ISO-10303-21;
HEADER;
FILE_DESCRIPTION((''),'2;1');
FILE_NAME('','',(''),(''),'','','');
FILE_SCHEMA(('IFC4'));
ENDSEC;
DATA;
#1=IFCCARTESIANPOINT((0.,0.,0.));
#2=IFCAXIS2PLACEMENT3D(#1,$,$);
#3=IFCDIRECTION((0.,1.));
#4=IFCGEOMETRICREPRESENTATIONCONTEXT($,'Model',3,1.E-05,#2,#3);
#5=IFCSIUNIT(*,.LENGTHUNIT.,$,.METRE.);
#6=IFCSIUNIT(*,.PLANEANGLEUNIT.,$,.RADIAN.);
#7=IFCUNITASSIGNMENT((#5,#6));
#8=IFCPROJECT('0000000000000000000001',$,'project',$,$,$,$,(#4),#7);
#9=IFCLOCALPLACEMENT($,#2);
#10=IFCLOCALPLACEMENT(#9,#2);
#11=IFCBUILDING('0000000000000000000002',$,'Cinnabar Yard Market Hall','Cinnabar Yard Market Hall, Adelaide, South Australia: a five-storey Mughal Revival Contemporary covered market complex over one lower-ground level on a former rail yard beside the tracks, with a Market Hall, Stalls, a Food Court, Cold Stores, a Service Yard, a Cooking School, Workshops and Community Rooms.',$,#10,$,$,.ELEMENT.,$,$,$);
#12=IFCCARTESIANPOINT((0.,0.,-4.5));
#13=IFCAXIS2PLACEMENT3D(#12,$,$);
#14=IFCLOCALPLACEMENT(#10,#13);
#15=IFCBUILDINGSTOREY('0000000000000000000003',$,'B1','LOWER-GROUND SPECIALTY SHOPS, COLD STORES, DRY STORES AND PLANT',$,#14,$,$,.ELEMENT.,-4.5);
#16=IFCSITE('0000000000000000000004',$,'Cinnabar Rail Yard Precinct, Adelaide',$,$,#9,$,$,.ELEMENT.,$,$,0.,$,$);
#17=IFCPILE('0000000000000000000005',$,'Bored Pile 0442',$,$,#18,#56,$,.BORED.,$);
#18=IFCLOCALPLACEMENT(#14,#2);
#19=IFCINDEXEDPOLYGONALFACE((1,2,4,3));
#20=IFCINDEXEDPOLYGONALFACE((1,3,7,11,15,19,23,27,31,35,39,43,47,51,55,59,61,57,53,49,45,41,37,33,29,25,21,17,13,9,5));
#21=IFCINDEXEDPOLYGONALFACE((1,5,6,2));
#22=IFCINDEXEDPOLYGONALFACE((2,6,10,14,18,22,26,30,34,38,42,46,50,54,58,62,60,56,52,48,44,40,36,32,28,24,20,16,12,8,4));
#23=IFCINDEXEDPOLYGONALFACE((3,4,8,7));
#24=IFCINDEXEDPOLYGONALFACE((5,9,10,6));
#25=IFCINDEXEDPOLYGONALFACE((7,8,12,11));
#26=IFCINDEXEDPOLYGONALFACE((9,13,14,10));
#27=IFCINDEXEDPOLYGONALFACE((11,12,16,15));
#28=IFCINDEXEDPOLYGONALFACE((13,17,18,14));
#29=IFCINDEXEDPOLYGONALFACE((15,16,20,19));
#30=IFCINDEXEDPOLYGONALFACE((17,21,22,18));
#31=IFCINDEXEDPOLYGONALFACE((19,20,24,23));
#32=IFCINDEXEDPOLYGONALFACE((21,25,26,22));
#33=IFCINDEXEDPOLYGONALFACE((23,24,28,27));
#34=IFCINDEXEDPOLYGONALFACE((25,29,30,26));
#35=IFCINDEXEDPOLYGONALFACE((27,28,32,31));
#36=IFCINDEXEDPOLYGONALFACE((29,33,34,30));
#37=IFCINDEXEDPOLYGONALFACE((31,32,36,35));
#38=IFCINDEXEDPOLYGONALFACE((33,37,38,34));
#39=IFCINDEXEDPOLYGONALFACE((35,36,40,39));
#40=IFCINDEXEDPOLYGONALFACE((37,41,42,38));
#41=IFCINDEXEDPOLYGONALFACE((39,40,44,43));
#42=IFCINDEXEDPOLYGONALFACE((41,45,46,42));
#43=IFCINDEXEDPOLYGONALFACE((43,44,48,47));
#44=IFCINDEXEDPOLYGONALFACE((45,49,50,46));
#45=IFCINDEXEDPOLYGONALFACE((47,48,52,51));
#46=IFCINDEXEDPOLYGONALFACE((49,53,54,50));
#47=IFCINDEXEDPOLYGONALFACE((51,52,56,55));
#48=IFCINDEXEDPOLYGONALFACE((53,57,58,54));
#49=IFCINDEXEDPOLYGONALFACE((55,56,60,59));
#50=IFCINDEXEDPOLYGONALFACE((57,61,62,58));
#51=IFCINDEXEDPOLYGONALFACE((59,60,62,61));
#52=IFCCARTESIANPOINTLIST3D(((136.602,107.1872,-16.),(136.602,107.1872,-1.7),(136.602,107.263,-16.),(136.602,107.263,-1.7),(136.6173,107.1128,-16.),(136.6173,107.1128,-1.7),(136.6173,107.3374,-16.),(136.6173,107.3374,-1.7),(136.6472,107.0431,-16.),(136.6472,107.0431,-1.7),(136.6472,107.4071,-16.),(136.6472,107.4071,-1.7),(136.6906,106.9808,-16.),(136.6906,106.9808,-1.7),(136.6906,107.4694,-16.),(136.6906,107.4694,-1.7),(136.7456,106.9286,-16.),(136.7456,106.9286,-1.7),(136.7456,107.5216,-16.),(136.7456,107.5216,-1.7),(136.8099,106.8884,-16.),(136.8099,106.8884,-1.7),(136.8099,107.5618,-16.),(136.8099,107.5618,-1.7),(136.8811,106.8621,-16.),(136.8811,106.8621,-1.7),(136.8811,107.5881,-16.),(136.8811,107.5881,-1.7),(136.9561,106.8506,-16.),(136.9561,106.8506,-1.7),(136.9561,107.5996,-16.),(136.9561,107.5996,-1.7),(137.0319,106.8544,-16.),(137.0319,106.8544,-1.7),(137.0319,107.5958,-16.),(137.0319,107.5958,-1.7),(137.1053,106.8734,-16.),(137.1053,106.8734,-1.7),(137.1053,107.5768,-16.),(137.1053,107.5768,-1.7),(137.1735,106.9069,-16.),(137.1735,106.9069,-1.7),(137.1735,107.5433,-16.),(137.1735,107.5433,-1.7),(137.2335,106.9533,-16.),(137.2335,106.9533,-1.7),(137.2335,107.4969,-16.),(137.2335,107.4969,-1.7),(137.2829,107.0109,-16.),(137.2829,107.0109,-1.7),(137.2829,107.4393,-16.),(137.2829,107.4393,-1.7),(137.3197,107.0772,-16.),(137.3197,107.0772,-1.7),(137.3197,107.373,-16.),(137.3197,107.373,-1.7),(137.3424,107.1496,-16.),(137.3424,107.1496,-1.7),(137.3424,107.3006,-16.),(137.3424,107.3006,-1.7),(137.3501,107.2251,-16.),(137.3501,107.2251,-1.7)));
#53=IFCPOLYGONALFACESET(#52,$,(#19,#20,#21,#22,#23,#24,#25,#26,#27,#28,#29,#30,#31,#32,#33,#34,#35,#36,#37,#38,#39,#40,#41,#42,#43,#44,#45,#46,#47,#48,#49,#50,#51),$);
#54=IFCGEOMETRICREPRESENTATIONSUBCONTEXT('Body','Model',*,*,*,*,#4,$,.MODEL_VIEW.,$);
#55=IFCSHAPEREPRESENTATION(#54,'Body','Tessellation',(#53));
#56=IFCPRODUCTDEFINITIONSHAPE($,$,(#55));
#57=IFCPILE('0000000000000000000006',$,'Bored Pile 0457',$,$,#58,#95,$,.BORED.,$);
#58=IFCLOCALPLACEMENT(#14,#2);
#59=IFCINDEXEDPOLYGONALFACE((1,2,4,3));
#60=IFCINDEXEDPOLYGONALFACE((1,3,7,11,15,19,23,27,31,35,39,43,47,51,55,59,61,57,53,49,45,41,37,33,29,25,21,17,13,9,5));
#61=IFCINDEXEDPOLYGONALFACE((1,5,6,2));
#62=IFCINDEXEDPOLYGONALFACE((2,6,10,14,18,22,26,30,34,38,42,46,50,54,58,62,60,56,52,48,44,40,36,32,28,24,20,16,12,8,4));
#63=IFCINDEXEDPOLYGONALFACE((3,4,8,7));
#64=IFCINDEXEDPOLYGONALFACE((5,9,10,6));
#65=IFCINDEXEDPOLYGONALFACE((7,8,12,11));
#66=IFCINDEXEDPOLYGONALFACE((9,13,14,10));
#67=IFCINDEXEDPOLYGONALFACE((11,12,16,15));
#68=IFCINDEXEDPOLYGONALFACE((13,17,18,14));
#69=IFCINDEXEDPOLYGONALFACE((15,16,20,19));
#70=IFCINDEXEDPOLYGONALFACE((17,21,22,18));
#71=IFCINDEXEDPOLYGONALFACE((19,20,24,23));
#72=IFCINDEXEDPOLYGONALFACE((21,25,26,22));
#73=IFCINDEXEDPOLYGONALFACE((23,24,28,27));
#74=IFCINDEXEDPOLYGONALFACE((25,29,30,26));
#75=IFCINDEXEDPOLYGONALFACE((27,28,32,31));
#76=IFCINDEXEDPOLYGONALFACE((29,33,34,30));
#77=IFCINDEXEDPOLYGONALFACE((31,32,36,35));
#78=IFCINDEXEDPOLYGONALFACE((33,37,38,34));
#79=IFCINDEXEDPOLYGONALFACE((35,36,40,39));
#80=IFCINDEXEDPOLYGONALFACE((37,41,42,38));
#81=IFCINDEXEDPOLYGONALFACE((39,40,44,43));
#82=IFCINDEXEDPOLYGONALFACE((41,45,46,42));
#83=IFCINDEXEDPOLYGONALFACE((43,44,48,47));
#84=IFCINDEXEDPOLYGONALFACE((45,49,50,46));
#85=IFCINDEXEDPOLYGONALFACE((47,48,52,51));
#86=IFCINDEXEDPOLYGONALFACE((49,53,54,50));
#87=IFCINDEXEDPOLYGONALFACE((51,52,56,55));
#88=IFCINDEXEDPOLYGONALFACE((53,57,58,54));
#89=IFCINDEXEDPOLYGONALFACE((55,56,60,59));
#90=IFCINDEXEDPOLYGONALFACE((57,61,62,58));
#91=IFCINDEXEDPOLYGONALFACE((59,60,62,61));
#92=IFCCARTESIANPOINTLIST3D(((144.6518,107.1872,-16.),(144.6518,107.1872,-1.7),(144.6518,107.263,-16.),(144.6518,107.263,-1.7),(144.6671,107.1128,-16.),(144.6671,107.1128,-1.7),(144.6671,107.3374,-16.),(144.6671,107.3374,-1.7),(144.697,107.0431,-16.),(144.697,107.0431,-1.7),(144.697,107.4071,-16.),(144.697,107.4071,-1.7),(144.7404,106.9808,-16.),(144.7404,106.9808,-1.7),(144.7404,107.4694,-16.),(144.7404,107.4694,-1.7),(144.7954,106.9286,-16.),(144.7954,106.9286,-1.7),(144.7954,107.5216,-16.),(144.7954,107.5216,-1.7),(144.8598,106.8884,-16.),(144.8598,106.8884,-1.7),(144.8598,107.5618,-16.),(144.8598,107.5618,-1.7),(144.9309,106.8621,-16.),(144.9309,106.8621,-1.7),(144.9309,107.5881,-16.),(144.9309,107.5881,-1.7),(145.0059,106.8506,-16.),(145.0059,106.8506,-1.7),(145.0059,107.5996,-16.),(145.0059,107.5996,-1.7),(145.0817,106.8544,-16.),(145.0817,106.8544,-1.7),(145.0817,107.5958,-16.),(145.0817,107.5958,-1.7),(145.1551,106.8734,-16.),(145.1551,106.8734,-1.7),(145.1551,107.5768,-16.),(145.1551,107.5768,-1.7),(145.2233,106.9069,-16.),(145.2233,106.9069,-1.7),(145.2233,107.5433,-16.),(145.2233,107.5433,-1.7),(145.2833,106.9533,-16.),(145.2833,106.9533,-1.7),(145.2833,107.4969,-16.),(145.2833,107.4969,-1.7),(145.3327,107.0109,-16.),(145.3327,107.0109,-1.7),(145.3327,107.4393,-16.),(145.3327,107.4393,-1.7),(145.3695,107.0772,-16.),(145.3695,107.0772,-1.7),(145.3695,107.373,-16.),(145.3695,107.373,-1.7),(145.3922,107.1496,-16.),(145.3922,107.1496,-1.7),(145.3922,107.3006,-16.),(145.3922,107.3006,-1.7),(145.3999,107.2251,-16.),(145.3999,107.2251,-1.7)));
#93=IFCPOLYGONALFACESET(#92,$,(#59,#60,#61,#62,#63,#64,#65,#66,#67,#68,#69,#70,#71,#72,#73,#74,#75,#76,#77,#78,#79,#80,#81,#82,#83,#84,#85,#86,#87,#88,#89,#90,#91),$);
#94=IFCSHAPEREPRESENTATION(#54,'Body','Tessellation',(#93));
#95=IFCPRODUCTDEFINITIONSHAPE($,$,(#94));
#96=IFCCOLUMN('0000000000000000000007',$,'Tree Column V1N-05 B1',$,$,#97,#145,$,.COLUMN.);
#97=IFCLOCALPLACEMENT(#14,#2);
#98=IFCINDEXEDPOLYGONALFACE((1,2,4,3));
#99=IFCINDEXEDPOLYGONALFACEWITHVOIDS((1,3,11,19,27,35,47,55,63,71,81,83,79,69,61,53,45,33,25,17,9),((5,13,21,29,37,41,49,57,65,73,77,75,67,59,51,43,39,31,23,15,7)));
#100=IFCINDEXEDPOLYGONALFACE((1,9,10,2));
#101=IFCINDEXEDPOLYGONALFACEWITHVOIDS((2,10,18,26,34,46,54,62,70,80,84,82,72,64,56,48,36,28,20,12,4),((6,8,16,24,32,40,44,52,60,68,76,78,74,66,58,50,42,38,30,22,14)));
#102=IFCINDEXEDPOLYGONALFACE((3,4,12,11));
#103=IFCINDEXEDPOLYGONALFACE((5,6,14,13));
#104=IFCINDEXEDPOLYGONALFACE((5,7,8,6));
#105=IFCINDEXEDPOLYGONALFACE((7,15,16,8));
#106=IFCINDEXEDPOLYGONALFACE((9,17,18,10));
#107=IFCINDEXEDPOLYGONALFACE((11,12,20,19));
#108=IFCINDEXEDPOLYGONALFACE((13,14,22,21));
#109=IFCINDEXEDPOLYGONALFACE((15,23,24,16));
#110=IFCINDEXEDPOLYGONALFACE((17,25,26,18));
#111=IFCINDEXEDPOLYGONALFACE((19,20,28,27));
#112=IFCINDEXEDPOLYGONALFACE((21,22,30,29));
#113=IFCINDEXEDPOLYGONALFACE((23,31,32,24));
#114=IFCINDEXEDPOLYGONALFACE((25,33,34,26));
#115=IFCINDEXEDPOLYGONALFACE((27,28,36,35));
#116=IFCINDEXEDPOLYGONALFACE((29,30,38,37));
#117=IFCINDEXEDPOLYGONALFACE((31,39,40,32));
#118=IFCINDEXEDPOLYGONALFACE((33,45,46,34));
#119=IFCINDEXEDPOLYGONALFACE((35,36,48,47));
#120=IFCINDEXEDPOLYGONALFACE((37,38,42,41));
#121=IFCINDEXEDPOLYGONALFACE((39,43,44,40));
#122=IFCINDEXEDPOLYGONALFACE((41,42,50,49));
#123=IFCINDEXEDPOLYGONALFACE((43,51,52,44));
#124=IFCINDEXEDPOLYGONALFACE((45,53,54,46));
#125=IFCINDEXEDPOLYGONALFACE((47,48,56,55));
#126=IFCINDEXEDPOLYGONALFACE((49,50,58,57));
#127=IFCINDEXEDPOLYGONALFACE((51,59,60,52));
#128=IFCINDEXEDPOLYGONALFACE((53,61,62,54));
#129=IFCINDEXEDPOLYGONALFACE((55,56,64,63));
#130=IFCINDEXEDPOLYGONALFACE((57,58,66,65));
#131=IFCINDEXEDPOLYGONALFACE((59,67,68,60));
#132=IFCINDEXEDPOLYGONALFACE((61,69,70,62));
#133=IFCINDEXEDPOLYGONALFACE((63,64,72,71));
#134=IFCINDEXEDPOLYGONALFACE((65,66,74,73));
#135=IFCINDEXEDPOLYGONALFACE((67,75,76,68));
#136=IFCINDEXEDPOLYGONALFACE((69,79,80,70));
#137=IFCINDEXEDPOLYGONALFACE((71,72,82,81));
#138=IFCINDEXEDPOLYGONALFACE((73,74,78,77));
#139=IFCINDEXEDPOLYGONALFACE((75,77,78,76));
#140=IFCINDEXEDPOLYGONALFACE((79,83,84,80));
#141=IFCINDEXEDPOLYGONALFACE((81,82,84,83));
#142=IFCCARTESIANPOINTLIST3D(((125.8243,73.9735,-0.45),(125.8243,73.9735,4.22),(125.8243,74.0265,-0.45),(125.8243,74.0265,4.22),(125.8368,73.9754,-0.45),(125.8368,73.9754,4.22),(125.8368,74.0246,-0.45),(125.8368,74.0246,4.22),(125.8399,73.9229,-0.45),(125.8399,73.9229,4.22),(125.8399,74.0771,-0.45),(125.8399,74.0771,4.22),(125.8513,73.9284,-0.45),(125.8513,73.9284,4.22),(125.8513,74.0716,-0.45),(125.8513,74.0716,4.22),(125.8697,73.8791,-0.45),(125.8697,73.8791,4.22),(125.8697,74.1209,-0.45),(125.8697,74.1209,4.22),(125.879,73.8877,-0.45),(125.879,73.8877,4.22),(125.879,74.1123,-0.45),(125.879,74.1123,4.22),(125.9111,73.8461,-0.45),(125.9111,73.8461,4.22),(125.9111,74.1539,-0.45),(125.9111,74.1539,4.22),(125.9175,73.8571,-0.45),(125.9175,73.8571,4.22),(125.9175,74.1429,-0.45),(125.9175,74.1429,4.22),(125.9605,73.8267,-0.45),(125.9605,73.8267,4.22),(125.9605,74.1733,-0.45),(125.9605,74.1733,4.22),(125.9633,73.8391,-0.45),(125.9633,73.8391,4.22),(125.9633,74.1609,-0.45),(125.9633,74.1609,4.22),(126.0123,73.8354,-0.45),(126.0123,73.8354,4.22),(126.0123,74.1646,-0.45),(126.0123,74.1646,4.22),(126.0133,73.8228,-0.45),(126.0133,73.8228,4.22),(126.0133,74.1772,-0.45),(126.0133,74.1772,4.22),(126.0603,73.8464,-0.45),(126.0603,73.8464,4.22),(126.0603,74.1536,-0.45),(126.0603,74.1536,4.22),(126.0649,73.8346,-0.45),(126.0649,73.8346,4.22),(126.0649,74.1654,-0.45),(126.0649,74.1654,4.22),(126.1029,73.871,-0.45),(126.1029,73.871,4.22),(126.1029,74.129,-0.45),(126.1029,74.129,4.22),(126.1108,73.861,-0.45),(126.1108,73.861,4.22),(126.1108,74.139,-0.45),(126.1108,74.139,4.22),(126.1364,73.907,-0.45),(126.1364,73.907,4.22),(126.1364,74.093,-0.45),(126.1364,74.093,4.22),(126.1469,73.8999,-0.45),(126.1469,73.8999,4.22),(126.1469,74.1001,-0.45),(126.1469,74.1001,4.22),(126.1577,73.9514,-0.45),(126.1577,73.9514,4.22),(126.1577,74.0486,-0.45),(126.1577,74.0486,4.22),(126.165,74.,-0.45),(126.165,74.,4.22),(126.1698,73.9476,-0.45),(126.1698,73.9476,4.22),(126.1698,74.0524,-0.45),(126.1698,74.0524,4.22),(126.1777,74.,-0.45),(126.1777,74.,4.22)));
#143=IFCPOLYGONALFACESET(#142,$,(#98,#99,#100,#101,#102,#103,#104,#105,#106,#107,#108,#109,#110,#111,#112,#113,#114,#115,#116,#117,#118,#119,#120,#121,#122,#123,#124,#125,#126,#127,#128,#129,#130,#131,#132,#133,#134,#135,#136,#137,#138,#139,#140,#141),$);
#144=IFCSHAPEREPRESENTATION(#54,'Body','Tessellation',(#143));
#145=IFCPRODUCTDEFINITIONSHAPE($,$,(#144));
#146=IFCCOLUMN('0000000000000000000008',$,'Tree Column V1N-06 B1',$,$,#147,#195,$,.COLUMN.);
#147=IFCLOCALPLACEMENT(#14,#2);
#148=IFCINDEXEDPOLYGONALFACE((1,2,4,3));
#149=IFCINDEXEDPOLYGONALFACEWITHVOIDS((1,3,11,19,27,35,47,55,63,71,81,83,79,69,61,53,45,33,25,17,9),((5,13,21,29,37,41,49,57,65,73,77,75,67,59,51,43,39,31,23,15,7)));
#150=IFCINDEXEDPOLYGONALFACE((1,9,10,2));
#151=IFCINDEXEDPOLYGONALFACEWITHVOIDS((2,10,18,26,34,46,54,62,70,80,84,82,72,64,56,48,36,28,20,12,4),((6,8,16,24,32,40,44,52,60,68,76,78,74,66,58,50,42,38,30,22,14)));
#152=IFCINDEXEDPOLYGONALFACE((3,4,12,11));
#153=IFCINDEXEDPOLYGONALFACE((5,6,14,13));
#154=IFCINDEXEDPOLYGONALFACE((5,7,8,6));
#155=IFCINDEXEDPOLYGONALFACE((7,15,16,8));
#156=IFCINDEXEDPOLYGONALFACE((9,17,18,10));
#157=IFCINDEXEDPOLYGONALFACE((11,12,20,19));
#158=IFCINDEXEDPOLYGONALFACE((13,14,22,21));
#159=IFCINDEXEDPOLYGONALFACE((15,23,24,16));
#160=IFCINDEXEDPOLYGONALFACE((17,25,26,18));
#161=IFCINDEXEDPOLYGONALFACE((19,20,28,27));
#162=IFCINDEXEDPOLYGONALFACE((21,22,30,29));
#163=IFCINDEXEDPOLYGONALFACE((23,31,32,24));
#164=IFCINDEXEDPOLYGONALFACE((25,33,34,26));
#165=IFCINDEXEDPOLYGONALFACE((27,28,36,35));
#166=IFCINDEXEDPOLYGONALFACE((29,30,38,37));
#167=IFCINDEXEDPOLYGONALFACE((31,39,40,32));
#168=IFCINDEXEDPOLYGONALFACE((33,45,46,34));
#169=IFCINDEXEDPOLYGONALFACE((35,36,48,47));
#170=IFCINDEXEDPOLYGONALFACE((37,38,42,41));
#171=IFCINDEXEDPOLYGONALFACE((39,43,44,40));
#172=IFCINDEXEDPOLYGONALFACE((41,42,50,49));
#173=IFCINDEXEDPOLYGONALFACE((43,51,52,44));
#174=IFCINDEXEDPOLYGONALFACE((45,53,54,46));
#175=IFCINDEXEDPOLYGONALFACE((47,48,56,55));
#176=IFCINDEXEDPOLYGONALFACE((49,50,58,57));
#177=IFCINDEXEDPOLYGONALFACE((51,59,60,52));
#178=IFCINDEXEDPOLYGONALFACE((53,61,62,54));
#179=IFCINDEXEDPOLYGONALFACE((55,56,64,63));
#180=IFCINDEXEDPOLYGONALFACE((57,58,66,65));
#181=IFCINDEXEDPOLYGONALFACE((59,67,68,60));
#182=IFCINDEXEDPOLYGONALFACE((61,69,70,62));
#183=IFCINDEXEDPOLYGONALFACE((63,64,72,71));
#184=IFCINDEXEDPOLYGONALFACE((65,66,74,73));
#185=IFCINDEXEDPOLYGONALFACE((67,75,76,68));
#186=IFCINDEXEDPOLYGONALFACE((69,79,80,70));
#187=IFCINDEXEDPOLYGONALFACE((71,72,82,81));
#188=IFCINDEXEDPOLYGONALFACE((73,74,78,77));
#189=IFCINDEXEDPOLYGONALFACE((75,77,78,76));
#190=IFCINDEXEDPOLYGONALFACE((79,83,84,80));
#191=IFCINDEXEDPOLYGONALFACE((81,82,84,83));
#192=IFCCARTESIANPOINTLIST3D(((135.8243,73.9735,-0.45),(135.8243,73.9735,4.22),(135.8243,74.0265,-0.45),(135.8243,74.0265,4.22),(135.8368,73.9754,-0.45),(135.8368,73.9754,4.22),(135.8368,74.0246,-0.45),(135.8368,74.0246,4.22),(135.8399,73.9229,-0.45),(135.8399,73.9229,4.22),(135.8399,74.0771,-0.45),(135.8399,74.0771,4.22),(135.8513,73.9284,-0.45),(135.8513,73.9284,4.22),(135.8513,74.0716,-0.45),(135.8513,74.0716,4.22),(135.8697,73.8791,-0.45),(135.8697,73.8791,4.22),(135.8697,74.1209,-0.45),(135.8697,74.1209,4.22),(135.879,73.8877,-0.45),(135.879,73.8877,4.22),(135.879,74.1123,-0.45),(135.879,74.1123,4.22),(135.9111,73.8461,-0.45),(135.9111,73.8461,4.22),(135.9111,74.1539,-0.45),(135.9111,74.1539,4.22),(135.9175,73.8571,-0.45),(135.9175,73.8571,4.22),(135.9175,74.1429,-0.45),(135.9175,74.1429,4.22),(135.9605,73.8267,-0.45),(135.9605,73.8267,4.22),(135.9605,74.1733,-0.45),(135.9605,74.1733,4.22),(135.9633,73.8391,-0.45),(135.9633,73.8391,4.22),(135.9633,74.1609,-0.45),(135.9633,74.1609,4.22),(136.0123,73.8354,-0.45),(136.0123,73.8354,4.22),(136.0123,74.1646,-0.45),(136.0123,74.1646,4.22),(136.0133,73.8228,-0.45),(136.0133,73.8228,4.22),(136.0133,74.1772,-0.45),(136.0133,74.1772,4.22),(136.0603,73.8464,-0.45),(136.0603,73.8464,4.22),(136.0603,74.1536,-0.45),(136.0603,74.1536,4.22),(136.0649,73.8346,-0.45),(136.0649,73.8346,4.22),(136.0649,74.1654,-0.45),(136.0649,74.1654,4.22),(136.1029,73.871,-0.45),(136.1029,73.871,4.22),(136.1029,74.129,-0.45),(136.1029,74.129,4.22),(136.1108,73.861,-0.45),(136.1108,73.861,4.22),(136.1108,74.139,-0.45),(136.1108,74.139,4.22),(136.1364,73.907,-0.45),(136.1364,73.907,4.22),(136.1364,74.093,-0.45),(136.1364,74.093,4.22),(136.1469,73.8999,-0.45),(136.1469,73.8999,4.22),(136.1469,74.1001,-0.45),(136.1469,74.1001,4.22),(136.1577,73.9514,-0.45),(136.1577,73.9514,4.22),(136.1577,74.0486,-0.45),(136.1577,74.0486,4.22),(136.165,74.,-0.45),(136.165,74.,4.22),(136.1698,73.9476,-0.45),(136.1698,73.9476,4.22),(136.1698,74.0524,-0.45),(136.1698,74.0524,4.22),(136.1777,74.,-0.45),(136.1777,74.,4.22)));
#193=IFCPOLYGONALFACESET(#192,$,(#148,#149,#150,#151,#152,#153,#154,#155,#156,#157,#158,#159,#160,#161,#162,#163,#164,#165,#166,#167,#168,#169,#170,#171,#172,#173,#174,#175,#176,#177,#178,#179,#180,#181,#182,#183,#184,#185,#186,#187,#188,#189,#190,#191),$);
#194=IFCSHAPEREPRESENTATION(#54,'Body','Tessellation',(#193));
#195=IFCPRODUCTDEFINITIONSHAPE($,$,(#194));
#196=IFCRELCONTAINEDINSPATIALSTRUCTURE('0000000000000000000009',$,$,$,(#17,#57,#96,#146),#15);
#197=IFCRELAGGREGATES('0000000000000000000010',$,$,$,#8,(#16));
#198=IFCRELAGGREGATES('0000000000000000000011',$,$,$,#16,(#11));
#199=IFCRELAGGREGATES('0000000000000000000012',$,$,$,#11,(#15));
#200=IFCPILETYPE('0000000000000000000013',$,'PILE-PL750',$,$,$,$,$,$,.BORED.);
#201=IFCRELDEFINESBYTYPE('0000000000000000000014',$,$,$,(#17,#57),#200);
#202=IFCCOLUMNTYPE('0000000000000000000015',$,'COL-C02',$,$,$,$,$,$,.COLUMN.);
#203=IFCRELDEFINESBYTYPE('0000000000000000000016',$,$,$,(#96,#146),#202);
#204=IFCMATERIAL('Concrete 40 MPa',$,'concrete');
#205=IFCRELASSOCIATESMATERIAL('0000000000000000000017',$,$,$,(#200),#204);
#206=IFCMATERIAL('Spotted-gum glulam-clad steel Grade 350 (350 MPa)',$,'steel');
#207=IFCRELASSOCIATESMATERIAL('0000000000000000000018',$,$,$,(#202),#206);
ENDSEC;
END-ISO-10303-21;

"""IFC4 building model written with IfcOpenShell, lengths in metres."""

from ifc_helpers import new_model, si_unit, direction, frame, origin, origin_2d_with_axis, place, context, subcontext, project, spatial, circle, hollow_circle, extrude, material, material_profile, profile_set, type_object, element, save


model = new_model("IFC4")

# Units and contexts
model_context = context("Model", 3, precision=1e-05, world=origin(), true_north=direction((0.0, 1.0)))
body_context = subcontext(model_context, "Body", "Model", "MODEL_VIEW")
ifc_project = project(units=[si_unit("LENGTHUNIT", "METRE"), si_unit("PLANEANGLEUNIT", "RADIAN")], contexts=[model_context])

# Site, building, storey
site_placement = place(None, origin())
site = spatial("IfcSite", under=ifc_project, at=site_placement, Name="Cinnabar Rail Yard Precinct, Adelaide", CompositionType="ELEMENT", RefElevation=0.0)
building_placement = place(site_placement, origin())
building = spatial("IfcBuilding", under=site, at=building_placement, Name="Cinnabar Yard Market Hall", Description="Cinnabar Yard Market Hall, Adelaide, South Australia: a five-storey Mughal Revival Contemporary covered market complex over one lower-ground level on a former rail yard beside the tracks, with a Market Hall, Stalls, a Food Court, Cold Stores, a Service Yard, a Cooking School, Workshops and Community Rooms.", CompositionType="ELEMENT")
storey_placement = place(building_placement, frame((0.0, 0.0, -4.5)))
storey = spatial("IfcBuildingStorey", under=building, at=storey_placement, Name="B1", Description="LOWER-GROUND SPECIALTY SHOPS, COLD STORES, DRY STORES AND PLANT", CompositionType="ELEMENT", Elevation=-4.5)

# Shared definitions
ifc_material_1 = material(Name="Concrete 40 MPa", Category="concrete")

# Piles
ifc_material_profile_1 = material_profile(ifc_material_1, circle(Radius=0.375, at=origin_2d_with_axis()), Name="PILE-D750")
ifc_profile_set_1 = profile_set([ifc_material_profile_1], Name="Concrete 40 MPa")
pile_type = type_object("IfcPileType", Name="PILE-PL750", PredefinedType="BORED", material=ifc_profile_set_1)
for number, where, z_axis, x_axis, name in (
    (1, (136.9751, 107.2251, -1.7), (0.0, 0.0, -1.0), (1.0, 0.0, 0.0), "Bored Pile 0442"),
    (2, (145.0249, 107.2251, -1.7), (0.0, 0.0, -1.0), (1.0, 0.0, 0.0), "Bored Pile 0457"),
):
    element("IfcPile", number, at=place(storey_placement, frame(where, z_axis=z_axis, x_axis=x_axis)), inside=storey, type_object=pile_type, Name=name, PredefinedType="BORED", context=body_context, shape_type="SweptSolid", body=[
        extrude(circle(Radius=0.375, at=origin_2d_with_axis()), origin(), (0.0, 0.0, 1.0), 14.3),
    ])

# Columns
ifc_material_2 = material(Name="Spotted-gum glulam-clad steel Grade 350 (350 MPa)", Category="steel")
ifc_material_profile_2 = material_profile(ifc_material_2, hollow_circle(Radius=0.1777, WallThickness=0.0127, at=origin_2d_with_axis()), Name="355.6x12.7CHS")
ifc_profile_set_2 = profile_set([ifc_material_profile_2], Name="Spotted-gum glulam-clad steel Grade 350 (350 MPa)")
column_type_1 = type_object("IfcColumnType", Name="COL-C02", PredefinedType="COLUMN", material=ifc_profile_set_2)
for number, where, z_axis, x_axis, name in (
    (3, (126.0, 74.0, -0.45), (0.0, 0.0, 1.0), (1.0, 0.0, 0.0), "Tree Column V1N-05 B1"),
    (4, (136.0, 74.0, -0.45), (0.0, 0.0, 1.0), (1.0, 0.0, 0.0), "Tree Column V1N-06 B1"),
):
    element("IfcColumn", number, at=place(storey_placement, frame(where, z_axis=z_axis, x_axis=x_axis)), inside=storey, type_object=column_type_1, Name=name, PredefinedType="COLUMN", context=body_context, shape_type="SweptSolid", body=[
        extrude(hollow_circle(Radius=0.1777, WallThickness=0.0127, at=origin_2d_with_axis()), origin(), (0.0, 0.0, 1.0), 4.6699),
    ])

save(model, "model.ifc")
